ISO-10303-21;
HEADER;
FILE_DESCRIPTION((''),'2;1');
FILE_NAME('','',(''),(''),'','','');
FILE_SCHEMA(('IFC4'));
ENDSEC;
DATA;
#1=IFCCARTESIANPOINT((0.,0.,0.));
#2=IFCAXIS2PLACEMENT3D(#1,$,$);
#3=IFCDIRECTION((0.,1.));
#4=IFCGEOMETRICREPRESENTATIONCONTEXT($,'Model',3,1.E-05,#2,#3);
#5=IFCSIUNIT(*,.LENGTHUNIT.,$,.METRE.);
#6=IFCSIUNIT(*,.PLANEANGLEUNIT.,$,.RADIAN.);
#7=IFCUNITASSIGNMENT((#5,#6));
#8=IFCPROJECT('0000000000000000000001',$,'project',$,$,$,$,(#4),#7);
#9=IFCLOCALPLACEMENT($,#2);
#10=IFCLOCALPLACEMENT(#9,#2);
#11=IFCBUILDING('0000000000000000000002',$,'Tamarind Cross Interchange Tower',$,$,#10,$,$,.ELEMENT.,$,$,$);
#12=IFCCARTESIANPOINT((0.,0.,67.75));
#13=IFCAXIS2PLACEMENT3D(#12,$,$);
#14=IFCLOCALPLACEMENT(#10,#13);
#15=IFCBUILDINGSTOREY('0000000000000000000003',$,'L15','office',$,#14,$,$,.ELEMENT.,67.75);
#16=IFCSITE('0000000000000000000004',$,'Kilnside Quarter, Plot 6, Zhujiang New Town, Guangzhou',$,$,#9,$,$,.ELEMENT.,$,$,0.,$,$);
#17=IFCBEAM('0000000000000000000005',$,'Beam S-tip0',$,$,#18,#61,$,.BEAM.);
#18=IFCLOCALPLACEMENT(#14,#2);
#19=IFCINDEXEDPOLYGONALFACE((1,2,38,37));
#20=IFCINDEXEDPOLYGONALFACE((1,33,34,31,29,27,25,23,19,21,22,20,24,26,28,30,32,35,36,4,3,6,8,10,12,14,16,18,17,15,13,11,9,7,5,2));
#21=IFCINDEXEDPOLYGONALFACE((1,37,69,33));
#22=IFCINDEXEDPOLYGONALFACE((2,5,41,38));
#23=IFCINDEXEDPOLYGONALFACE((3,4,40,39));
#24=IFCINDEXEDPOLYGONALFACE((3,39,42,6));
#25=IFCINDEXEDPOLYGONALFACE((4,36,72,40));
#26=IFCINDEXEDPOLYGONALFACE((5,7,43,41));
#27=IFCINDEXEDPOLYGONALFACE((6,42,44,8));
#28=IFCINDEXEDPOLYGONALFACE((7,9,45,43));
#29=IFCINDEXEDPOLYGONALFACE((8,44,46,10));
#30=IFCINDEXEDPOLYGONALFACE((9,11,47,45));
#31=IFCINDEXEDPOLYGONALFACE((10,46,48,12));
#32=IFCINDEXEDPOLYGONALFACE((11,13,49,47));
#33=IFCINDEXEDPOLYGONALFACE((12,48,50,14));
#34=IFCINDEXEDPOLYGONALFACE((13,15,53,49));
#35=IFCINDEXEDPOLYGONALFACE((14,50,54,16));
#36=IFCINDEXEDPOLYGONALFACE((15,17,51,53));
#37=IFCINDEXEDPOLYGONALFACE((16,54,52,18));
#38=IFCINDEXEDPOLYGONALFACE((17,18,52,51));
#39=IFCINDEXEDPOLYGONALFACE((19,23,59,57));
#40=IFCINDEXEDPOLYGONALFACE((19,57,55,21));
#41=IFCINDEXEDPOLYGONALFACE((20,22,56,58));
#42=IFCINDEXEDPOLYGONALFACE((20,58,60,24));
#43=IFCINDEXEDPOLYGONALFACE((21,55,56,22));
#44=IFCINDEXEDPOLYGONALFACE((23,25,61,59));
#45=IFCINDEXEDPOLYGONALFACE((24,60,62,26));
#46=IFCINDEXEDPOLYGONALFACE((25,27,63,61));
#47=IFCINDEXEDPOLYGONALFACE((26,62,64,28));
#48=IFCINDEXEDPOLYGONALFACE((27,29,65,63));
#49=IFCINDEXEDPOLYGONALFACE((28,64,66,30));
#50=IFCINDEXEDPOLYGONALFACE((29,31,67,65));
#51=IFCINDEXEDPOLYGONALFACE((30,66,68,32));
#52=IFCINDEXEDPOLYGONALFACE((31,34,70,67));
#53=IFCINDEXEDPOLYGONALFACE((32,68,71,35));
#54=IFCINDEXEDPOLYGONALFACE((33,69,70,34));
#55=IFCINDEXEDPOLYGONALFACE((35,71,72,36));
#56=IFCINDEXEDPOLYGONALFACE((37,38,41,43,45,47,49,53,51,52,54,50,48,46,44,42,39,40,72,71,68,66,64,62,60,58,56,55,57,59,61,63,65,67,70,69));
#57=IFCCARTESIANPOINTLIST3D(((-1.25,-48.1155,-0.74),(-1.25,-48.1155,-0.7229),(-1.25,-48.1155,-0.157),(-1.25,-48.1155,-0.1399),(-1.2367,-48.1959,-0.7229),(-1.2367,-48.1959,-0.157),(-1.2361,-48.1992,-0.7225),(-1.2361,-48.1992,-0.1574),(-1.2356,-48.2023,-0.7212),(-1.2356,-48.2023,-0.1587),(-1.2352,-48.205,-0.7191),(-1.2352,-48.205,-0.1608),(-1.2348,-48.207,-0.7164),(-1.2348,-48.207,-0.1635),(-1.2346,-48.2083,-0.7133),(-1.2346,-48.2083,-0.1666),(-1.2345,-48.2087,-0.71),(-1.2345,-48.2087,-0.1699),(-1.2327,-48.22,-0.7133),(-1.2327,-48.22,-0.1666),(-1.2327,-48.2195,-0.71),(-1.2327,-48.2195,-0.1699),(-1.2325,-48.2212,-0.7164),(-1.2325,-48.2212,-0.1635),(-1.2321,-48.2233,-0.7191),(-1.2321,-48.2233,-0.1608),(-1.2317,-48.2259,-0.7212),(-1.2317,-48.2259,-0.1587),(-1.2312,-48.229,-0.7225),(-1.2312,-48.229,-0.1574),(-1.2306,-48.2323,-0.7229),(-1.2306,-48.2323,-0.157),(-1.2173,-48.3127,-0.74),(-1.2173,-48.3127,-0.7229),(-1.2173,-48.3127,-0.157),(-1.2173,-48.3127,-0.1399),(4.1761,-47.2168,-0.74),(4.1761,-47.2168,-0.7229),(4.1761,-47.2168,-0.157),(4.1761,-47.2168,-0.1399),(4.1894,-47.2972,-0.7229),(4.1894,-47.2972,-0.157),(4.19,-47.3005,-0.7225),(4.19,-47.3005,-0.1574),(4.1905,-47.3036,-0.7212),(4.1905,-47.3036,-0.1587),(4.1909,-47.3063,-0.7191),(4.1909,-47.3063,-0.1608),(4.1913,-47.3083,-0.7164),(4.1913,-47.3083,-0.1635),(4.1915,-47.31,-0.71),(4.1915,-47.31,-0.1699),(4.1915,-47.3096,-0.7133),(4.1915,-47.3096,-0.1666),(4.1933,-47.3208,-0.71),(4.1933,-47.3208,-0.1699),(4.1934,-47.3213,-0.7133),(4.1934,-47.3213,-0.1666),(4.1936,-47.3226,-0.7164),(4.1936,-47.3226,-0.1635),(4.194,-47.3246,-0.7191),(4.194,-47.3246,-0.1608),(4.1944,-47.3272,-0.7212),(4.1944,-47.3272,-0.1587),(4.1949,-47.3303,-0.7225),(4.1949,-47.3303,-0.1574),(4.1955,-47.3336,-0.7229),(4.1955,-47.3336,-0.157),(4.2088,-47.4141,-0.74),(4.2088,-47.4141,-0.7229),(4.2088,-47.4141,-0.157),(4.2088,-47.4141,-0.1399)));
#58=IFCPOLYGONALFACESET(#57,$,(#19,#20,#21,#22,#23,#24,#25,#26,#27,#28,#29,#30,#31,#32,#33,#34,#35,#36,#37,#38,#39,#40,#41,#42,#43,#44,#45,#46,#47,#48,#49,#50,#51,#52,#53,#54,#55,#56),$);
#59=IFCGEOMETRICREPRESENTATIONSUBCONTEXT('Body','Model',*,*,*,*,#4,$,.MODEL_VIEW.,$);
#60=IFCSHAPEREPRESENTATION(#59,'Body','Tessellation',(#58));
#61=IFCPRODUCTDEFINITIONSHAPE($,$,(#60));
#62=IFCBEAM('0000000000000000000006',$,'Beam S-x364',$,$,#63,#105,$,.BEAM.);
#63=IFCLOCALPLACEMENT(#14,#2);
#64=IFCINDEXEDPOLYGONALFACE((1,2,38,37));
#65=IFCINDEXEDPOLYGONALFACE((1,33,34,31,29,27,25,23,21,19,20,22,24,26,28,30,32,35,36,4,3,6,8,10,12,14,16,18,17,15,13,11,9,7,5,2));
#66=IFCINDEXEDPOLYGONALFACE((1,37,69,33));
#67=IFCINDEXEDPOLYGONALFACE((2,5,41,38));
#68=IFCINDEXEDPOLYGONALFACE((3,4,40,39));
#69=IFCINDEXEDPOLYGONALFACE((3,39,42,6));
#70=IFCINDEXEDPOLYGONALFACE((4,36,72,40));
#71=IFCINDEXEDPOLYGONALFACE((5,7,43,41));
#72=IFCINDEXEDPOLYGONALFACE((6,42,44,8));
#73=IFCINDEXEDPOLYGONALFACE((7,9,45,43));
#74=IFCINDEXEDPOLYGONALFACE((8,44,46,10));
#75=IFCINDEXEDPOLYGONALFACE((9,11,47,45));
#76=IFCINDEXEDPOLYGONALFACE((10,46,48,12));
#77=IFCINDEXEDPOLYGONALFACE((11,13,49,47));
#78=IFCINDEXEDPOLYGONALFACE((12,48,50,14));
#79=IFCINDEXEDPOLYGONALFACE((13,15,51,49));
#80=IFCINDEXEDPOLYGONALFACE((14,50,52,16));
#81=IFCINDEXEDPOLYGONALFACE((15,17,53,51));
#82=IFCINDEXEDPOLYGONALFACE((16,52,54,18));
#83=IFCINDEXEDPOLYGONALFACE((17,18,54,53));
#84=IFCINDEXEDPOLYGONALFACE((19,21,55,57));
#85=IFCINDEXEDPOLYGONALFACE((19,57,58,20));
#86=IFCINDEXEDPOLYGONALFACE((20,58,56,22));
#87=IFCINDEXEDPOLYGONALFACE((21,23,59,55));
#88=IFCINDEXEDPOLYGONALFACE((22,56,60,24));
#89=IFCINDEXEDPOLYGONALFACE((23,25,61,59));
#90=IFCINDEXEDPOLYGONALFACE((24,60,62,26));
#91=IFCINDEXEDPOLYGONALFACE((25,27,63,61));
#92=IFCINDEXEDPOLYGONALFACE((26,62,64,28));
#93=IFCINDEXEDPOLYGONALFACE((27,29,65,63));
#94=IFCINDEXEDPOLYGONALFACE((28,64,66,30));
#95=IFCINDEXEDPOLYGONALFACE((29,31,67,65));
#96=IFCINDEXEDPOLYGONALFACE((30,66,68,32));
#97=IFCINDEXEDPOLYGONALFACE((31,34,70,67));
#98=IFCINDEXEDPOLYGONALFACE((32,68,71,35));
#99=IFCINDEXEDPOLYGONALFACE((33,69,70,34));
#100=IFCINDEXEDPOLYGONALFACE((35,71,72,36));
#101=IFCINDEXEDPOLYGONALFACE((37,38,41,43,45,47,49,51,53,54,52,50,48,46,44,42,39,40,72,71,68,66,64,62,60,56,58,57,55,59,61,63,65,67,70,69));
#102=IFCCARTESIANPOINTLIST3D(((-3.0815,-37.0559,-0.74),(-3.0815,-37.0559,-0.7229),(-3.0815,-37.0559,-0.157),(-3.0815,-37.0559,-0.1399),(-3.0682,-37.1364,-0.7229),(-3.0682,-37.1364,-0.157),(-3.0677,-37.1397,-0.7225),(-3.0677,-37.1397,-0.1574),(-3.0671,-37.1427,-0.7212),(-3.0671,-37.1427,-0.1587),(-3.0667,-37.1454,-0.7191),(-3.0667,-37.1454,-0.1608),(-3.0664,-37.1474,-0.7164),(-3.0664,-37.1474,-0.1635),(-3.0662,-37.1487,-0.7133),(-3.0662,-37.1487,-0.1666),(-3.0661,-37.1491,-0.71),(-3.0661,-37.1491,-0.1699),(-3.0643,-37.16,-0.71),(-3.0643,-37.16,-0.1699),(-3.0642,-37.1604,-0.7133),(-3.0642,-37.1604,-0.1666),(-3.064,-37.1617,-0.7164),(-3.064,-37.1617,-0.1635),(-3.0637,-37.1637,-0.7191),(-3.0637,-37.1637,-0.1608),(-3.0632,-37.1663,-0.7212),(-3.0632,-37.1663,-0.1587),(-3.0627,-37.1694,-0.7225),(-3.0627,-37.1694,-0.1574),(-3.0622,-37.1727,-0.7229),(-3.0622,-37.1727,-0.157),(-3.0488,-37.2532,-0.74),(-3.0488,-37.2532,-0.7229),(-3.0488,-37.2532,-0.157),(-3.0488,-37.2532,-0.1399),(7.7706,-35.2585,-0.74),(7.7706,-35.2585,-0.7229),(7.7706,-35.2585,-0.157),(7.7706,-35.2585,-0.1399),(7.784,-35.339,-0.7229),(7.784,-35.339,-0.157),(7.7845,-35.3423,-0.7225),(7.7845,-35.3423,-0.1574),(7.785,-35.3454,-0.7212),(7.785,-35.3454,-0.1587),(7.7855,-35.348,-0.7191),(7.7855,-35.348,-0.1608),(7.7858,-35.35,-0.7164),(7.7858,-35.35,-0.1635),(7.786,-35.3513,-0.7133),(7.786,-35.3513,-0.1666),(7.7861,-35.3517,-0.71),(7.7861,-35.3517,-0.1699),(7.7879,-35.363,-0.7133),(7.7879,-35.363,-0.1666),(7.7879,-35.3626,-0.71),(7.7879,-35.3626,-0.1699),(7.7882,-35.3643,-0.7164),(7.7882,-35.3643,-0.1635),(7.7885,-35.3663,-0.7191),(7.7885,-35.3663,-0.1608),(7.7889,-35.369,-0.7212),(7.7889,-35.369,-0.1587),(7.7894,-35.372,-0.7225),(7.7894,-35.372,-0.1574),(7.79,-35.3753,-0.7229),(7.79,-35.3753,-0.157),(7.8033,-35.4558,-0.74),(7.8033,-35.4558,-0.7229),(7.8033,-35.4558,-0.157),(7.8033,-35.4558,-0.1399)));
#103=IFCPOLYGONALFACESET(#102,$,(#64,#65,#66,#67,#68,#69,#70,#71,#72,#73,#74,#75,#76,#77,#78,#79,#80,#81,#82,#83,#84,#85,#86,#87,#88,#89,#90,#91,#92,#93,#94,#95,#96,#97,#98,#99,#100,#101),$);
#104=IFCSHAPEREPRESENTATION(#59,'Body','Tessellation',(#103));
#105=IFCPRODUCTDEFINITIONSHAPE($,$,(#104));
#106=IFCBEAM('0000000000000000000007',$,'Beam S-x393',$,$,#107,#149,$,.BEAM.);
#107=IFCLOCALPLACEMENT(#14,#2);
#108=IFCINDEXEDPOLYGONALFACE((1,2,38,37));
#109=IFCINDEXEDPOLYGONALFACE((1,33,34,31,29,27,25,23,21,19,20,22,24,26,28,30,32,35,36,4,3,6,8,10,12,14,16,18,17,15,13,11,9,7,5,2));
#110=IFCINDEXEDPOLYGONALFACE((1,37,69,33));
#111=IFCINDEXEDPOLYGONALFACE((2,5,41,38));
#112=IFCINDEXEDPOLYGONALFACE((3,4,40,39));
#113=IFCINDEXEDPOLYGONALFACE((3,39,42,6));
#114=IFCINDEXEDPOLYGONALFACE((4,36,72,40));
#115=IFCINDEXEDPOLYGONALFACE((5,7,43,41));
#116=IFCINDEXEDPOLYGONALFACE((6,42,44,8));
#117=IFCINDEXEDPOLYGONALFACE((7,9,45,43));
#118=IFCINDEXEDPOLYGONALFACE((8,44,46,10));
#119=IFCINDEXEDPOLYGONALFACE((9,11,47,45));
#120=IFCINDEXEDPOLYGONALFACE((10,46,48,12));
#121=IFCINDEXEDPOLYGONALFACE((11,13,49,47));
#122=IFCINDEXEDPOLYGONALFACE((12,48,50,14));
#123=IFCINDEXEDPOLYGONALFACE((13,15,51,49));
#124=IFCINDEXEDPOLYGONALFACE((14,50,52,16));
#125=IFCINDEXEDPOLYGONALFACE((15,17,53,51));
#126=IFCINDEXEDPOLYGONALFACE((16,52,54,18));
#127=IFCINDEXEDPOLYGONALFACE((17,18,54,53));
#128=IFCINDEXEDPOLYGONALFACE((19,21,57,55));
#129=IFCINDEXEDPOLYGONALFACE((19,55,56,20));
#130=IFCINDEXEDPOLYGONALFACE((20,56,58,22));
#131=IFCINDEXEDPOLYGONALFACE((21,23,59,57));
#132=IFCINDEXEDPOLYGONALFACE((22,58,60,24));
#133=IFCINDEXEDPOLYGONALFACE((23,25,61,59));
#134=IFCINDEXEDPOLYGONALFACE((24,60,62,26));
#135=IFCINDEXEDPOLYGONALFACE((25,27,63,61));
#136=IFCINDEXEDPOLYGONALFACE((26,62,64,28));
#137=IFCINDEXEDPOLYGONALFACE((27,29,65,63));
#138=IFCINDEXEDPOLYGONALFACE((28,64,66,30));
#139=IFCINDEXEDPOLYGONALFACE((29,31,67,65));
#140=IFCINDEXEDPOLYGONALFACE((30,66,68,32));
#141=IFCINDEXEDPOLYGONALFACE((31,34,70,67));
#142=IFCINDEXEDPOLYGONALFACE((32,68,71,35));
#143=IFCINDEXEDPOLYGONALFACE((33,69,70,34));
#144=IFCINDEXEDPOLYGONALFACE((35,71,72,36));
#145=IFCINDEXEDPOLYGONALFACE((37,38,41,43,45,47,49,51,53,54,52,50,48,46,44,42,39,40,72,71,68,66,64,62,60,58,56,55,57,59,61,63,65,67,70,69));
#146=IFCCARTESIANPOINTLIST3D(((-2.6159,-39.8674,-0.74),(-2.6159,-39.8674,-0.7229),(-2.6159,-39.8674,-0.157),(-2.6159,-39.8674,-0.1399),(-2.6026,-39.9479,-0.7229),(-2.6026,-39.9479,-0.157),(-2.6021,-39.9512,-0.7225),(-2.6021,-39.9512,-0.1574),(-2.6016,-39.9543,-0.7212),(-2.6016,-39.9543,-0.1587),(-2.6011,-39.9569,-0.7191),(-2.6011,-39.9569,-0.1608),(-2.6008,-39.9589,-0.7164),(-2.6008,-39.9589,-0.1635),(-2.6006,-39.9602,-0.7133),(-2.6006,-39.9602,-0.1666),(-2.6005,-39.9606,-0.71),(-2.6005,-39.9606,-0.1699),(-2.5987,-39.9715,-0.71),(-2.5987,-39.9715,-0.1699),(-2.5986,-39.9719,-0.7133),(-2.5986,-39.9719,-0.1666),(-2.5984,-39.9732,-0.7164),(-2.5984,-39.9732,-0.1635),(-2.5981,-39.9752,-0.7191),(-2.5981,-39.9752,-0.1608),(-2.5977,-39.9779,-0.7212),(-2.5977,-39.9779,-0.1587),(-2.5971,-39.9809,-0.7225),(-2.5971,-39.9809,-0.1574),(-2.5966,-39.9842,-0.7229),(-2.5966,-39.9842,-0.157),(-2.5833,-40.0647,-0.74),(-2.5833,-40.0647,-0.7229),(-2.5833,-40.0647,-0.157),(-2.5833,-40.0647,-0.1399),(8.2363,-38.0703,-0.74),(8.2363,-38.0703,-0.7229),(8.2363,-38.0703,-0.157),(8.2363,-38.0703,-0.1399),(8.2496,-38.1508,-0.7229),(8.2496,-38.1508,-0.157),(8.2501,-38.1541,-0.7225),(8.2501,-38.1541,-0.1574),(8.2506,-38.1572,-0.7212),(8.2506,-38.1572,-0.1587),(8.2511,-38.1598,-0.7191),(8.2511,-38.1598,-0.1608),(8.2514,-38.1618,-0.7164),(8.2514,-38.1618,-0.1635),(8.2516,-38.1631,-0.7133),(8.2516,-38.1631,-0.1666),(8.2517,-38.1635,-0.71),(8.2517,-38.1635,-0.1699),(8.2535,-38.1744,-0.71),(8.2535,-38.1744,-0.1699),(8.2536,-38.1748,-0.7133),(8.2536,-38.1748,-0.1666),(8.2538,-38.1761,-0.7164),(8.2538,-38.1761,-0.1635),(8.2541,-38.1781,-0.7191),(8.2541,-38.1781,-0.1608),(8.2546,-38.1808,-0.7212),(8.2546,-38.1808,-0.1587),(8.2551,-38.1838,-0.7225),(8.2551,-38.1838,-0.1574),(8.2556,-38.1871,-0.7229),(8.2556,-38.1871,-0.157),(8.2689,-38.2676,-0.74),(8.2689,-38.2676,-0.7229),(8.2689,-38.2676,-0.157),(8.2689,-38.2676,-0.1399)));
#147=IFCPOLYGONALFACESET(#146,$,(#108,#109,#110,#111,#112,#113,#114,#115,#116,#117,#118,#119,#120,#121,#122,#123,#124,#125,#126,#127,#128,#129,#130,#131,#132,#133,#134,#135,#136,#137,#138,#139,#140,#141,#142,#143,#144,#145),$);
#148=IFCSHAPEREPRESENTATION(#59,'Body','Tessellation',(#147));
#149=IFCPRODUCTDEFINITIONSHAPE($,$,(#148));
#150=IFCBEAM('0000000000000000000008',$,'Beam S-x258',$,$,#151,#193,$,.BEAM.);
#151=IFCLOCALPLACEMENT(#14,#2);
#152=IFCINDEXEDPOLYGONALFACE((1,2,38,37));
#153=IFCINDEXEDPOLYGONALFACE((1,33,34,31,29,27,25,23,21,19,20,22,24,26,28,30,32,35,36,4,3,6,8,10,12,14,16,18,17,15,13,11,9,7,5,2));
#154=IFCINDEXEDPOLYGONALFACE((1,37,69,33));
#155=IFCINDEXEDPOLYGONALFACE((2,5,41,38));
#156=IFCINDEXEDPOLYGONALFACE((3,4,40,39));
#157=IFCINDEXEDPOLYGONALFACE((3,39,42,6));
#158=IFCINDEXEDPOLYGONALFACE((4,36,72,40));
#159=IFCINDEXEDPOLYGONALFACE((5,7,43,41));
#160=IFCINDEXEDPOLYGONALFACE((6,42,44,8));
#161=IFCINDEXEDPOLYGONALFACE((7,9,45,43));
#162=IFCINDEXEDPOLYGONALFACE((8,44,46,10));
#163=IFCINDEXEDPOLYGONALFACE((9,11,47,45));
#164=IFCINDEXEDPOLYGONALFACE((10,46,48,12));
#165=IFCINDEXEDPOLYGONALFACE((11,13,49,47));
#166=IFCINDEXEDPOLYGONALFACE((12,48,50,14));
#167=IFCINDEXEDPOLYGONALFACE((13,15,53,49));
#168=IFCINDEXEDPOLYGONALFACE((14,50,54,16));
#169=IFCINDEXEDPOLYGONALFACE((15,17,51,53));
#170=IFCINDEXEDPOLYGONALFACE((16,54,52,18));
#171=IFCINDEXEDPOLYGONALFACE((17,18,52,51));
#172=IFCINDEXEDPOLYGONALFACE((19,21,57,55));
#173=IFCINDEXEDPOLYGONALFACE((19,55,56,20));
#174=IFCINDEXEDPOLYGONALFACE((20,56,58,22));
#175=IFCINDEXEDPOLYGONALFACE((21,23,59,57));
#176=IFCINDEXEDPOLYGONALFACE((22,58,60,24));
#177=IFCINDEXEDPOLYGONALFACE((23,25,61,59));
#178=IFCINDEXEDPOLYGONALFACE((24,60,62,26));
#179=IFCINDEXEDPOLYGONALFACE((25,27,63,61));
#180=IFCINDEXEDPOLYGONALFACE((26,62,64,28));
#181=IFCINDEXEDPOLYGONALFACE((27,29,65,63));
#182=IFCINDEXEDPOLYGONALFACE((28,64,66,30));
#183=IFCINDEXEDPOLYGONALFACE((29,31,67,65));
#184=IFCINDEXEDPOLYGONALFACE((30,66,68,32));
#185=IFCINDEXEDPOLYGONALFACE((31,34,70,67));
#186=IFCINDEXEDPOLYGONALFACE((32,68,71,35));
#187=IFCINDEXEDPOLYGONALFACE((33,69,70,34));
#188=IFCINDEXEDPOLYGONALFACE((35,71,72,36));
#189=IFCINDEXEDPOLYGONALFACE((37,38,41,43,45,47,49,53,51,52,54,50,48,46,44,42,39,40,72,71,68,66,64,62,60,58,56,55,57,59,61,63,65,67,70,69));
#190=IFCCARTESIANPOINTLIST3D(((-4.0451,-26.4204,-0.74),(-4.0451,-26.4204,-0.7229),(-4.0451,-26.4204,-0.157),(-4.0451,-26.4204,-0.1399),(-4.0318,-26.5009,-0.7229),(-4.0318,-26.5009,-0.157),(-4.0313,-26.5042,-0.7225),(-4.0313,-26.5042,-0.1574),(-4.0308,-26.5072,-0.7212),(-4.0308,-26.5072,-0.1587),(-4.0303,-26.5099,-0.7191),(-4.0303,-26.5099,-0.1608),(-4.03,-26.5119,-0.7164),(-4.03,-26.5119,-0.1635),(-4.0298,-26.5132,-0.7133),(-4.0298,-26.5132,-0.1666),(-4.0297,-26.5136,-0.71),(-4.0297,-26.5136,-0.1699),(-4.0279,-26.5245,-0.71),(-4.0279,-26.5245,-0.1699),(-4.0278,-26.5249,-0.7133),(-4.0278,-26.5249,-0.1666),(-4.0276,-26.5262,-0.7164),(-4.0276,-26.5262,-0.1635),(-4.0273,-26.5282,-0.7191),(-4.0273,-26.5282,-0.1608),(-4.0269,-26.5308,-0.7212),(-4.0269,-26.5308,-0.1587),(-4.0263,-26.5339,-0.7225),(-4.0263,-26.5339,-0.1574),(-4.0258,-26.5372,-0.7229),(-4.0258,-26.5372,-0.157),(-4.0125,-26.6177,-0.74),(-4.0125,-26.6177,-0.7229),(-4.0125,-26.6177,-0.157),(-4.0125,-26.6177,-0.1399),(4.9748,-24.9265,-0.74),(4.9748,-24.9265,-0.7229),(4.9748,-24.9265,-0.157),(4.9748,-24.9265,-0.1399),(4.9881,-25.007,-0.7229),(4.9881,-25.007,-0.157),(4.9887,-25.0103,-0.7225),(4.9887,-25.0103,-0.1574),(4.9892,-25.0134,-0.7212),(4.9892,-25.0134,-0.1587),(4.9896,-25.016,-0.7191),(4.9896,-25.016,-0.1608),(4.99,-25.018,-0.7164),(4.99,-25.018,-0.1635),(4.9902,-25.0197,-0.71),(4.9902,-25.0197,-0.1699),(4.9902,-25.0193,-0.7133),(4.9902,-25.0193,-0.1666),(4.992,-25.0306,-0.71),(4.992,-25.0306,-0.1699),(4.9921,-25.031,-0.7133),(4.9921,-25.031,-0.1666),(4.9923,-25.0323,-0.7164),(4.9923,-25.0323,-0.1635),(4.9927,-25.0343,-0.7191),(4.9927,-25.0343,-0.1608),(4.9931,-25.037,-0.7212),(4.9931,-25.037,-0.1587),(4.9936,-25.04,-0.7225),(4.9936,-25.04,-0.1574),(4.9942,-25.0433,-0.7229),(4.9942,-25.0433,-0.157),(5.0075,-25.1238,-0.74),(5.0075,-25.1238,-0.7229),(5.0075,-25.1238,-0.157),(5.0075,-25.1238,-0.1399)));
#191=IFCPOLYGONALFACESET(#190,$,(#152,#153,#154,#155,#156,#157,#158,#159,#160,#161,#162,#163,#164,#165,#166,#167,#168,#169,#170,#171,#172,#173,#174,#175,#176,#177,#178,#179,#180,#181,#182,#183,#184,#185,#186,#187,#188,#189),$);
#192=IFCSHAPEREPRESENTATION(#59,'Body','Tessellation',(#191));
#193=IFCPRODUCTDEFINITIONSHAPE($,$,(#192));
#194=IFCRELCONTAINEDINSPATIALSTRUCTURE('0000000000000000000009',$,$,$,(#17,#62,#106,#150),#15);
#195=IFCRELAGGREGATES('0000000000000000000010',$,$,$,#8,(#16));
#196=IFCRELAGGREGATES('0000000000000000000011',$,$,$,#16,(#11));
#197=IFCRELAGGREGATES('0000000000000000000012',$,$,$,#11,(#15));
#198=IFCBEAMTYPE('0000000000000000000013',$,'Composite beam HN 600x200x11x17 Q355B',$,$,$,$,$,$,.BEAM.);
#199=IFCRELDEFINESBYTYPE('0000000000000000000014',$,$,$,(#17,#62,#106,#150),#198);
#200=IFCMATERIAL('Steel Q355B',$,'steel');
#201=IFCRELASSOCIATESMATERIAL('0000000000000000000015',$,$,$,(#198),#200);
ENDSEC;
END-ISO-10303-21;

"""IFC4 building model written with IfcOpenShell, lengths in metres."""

from ifc_helpers import new_model, si_unit, direction, frame, origin, origin_2d, place, context, subcontext, project, spatial, i_section, extrude, material, material_profile, profile_set, type_object, element, save


model = new_model("IFC4")

# Units and contexts
model_context = context("Model", 3, precision=1e-05, world=origin(), true_north=direction((0.0, 1.0)))
body_context = subcontext(model_context, "Body", "Model", "MODEL_VIEW")
ifc_project = project(units=[si_unit("LENGTHUNIT", "METRE"), si_unit("PLANEANGLEUNIT", "RADIAN")], contexts=[model_context])

# Site, building, storey
site_placement = place(None, origin())
site = spatial("IfcSite", under=ifc_project, at=site_placement, Name="Kilnside Quarter, Plot 6, Zhujiang New Town, Guangzhou", CompositionType="ELEMENT", RefElevation=0.0)
building_placement = place(site_placement, origin())
building = spatial("IfcBuilding", under=site, at=building_placement, Name="Tamarind Cross Interchange Tower", CompositionType="ELEMENT")
storey_placement = place(building_placement, frame((0.0, 0.0, 67.75)))
storey = spatial("IfcBuildingStorey", under=building, at=storey_placement, Name="L15", Description="office", CompositionType="ELEMENT", Elevation=67.75)

# Beams
ifc_material_1 = material(Name="Steel Q355B", Category="steel")
ifc_material_profile_1 = material_profile(ifc_material_1, i_section(OverallWidth=0.2, OverallDepth=0.6001, WebThickness=0.011, FlangeThickness=0.0171, FilletRadius=0.0129, at=origin_2d()), Name="HN 600x200x11x17")
ifc_profile_set_1 = profile_set([ifc_material_profile_1], Name="Steel Q355B")
beam_type_1 = type_object("IfcBeamType", Name="Composite beam HN 600x200x11x17 Q355B", PredefinedType="BEAM", material=ifc_profile_set_1)
beam_1_placement = place(storey_placement, frame((-1.2336, -48.2141, -0.4399), z_axis=(0.98656, 0.163398, 0.0), x_axis=(-0.163398, 0.98656, 0.0)))
element("IfcBeam", 1, at=beam_1_placement, inside=storey, type_object=beam_type_1, Name="Beam S-tip0", PredefinedType="BEAM", context=body_context, shape_type="SweptSolid", body=[
    extrude(i_section(OverallWidth=0.2, OverallDepth=0.6001, WebThickness=0.011, FlangeThickness=0.0171, FilletRadius=0.0129, at=origin_2d()), origin(), (0.0, 0.0, 1.0), 5.5),
])
for number, where, z_axis, x_axis, name in (
    (2, (-3.0652, -37.1545, -0.4399), (0.98656, 0.163398, 0.0), (-0.163398, 0.98656, 0.0), "Beam S-x364"),
    (3, (-2.5996, -39.9661, -0.4399), (0.986564, 0.163373, 0.0), (-0.163373, 0.986564, 0.0), "Beam S-x393"),
):
    element("IfcBeam", number, at=place(storey_placement, frame(where, z_axis=z_axis, x_axis=x_axis)), inside=storey, type_object=beam_type_1, Name=name, PredefinedType="BEAM", context=body_context, shape_type="SweptSolid", body=[
        extrude(i_section(OverallWidth=0.2, OverallDepth=0.6001, WebThickness=0.011, FlangeThickness=0.0171, FilletRadius=0.0129, at=origin_2d()), origin(), (0.0, 0.0, 1.0), 11.0),
    ])
beam_2_placement = place(storey_placement, frame((-4.0288, -26.519, -0.4399), z_axis=(0.986561, 0.163394, 0.0), x_axis=(-0.163394, 0.986561, 0.0)))
element("IfcBeam", 4, at=beam_2_placement, inside=storey, type_object=beam_type_1, Name="Beam S-x258", PredefinedType="BEAM", context=body_context, shape_type="SweptSolid", body=[
    extrude(i_section(OverallWidth=0.2, OverallDepth=0.6001, WebThickness=0.011, FlangeThickness=0.0171, FilletRadius=0.0129, at=origin_2d()), origin(), (0.0, 0.0, 1.0), 9.1428),
])

save(model, "model.ifc")
